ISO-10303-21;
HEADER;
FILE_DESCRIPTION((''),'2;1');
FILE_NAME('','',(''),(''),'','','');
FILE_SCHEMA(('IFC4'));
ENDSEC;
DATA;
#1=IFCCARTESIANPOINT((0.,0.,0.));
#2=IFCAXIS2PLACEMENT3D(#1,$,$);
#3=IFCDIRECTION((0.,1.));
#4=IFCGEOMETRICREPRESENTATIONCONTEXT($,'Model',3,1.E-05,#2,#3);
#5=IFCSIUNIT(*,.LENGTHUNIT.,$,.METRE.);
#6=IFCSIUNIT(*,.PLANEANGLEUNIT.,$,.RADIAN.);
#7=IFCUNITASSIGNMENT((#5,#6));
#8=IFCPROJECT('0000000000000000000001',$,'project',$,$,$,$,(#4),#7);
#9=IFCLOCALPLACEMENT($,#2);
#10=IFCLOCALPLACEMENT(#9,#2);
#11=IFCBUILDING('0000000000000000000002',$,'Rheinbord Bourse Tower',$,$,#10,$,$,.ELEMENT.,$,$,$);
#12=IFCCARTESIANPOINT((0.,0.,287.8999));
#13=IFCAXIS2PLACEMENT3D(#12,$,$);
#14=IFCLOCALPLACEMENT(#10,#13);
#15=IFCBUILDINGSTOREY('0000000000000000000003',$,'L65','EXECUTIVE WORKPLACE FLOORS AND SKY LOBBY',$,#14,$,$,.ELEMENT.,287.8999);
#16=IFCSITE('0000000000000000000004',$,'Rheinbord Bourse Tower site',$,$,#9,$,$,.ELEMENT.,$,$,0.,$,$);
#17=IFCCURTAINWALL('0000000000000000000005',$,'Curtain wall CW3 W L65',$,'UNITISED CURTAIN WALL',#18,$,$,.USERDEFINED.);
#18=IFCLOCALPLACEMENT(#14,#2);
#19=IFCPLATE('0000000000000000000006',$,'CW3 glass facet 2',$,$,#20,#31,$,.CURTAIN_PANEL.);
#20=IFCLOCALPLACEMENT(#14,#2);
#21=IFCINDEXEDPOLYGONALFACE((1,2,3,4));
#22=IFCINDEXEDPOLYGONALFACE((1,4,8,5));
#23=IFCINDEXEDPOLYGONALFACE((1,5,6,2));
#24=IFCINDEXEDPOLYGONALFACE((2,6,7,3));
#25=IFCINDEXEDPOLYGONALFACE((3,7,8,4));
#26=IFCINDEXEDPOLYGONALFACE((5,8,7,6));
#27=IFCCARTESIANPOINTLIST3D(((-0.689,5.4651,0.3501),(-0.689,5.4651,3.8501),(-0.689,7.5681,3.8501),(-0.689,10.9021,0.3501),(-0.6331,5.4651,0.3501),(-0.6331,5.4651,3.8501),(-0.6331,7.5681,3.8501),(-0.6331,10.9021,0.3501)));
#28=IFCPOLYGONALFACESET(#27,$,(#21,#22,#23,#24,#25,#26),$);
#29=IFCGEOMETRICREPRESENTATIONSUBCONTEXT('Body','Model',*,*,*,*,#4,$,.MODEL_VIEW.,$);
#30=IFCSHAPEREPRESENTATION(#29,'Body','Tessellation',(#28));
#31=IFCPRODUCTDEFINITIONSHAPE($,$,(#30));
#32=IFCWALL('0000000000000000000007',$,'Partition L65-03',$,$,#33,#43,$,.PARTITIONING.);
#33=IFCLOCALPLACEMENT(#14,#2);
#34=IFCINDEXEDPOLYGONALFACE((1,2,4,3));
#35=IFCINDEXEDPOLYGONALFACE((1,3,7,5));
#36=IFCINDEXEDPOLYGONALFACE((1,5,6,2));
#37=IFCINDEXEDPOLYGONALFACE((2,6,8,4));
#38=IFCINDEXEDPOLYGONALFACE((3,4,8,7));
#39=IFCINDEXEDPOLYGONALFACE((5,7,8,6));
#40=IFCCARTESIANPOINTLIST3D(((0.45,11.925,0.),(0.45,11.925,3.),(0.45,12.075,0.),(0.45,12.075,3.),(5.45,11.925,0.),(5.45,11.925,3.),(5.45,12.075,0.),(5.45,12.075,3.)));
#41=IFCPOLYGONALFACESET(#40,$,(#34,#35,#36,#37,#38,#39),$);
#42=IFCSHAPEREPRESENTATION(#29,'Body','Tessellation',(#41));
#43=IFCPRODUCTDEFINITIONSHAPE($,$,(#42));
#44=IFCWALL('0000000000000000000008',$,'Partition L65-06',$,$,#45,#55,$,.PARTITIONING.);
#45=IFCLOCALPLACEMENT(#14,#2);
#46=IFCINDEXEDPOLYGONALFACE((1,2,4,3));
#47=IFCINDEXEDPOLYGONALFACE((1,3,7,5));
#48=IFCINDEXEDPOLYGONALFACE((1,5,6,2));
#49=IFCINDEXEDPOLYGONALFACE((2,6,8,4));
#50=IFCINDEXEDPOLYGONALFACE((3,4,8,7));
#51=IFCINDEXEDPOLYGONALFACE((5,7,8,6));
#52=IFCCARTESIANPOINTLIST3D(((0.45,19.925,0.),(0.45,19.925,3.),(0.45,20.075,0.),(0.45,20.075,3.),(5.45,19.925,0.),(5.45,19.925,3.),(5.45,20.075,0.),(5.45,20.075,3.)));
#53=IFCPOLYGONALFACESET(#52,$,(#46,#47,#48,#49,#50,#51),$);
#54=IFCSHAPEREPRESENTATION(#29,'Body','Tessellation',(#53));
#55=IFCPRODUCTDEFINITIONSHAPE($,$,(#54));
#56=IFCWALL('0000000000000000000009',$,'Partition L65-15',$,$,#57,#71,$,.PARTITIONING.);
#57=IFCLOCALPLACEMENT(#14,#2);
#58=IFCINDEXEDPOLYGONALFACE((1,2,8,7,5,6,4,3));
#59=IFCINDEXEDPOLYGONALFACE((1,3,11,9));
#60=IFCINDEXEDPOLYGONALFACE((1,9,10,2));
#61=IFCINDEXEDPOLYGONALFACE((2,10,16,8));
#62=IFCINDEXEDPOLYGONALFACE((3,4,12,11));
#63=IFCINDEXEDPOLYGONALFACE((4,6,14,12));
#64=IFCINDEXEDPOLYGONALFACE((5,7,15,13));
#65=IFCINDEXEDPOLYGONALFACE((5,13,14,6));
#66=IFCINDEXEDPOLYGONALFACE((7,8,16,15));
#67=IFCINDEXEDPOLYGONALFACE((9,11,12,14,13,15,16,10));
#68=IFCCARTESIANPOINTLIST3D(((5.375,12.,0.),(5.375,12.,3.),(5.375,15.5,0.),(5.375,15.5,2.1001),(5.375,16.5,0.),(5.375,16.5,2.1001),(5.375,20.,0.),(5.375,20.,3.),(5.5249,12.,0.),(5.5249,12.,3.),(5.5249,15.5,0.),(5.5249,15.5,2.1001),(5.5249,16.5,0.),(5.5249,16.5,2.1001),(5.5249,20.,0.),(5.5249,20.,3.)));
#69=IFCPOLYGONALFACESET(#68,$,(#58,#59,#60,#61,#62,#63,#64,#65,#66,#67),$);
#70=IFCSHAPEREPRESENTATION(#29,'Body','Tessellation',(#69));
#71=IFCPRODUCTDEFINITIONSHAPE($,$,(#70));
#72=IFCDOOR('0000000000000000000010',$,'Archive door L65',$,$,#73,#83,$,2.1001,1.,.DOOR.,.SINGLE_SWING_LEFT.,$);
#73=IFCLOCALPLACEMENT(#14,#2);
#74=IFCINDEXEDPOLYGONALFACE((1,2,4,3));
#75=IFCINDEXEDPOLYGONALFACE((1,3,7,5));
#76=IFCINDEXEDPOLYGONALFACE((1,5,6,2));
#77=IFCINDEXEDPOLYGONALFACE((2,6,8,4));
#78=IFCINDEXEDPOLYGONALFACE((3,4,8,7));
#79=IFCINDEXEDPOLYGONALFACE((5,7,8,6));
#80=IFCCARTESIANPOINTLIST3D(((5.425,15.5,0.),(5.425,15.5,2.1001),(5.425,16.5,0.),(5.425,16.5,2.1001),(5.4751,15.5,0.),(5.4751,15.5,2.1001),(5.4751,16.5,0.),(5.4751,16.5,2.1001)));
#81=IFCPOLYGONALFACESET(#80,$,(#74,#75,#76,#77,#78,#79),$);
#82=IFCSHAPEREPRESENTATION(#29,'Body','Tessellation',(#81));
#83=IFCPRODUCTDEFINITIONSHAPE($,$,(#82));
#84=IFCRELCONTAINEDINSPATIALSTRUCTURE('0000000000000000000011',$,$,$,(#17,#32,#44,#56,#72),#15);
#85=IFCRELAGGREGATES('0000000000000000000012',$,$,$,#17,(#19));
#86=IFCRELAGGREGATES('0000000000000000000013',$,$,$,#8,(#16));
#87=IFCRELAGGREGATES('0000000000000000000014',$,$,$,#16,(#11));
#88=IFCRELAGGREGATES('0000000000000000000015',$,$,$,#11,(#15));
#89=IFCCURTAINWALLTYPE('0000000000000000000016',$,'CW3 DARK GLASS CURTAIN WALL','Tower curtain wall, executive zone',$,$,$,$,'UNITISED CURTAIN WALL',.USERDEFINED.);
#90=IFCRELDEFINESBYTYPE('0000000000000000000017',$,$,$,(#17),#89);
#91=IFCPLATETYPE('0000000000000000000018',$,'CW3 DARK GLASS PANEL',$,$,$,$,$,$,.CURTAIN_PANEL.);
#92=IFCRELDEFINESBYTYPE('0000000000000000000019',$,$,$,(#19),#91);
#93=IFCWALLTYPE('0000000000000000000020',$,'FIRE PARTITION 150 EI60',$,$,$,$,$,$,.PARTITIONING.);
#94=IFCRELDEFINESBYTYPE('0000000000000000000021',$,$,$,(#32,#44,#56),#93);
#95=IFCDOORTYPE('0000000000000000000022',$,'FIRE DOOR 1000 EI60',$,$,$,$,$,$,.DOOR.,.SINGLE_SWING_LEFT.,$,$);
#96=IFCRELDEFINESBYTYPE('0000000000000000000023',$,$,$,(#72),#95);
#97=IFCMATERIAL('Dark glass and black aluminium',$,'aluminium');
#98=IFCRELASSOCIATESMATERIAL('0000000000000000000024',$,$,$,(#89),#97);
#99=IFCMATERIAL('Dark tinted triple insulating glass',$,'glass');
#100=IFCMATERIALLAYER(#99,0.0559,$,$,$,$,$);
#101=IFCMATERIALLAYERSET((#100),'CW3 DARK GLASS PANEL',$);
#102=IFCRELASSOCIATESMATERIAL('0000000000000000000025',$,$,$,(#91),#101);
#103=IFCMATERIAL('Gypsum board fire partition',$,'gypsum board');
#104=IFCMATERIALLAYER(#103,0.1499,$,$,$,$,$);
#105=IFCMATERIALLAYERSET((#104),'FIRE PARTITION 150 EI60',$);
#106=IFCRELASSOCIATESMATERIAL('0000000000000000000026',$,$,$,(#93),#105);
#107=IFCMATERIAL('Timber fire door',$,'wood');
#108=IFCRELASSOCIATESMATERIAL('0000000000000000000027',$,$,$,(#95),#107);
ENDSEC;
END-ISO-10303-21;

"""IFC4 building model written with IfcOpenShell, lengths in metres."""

from ifc_helpers import new_model, si_unit, direction, frame, frame_2d, origin, place, context, subcontext, project, spatial, polyline, rectangle, outline, extrude, material, layer, layer_set, type_object, element, fill, aggregate, save


model = new_model("IFC4")

# Units and contexts
model_context = context("Model", 3, precision=1e-05, world=origin(), true_north=direction((0.0, 1.0)))
body_context = subcontext(model_context, "Body", "Model", "MODEL_VIEW")
ifc_project = project(units=[si_unit("LENGTHUNIT", "METRE"), si_unit("PLANEANGLEUNIT", "RADIAN")], contexts=[model_context])

# Site, building, storey
site_placement = place(None, origin())
site = spatial("IfcSite", under=ifc_project, at=site_placement, Name="Rheinbord Bourse Tower site", CompositionType="ELEMENT", RefElevation=0.0)
building_placement = place(site_placement, origin())
building = spatial("IfcBuilding", under=site, at=building_placement, Name="Rheinbord Bourse Tower", CompositionType="ELEMENT")
storey_placement = place(building_placement, frame((0.0, 0.0, 287.8999)))
storey = spatial("IfcBuildingStorey", under=building, at=storey_placement, Name="L65", Description="EXECUTIVE WORKPLACE FLOORS AND SKY LOBBY", CompositionType="ELEMENT", Elevation=287.8999)

# Curtain wall
ifc_material_1 = material(Name="Dark glass and black aluminium", Category="aluminium")
curtain_wall_type = type_object("IfcCurtainWallType", Name="CW3 DARK GLASS CURTAIN WALL", Description="Tower curtain wall, executive zone", ElementType="UNITISED CURTAIN WALL", PredefinedType="USERDEFINED", material=ifc_material_1)
curtain_wall_placement = place(storey_placement, origin())
curtain_wall = element("IfcCurtainWall", 1, at=curtain_wall_placement, inside=storey, type_object=curtain_wall_type, Name="Curtain wall CW3 W L65", ObjectType="UNITISED CURTAIN WALL", PredefinedType="USERDEFINED")

# Plate
ifc_material_2 = material(Name="Dark tinted triple insulating glass", Category="glass")
ifc_layer_1 = layer(ifc_material_2, 0.0559)
ifc_layer_set_1 = layer_set([ifc_layer_1], Name="CW3 DARK GLASS PANEL")
plate_type = type_object("IfcPlateType", Name="CW3 DARK GLASS PANEL", PredefinedType="CURTAIN_PANEL", material=ifc_layer_set_1)
plate_1_placement = place(storey_placement, frame((-0.689, 5.4651, 3.8501), z_axis=(1.0, 0.0, 0.0), x_axis=(0.0, 0.0, -1.0)))
plate_1 = element("IfcPlate", 2, at=plate_1_placement, type_object=plate_type, Name="CW3 glass facet 2", PredefinedType="CURTAIN_PANEL", context=body_context, shape_type="SweptSolid", body=[
    extrude(outline(polyline([(0.0, 0.0), (3.5, 0.0), (3.5, 5.437), (0.0, 2.103), (0.0, 0.0)])), origin(), (0.0, 0.0, 1.0), 0.0559),
])
aggregate(curtain_wall, [plate_1])

# Walls
ifc_material_3 = material(Name="Gypsum board fire partition", Category="gypsum board")
ifc_layer_2 = layer(ifc_material_3, 0.1499)
ifc_layer_set_2 = layer_set([ifc_layer_2], Name="FIRE PARTITION 150 EI60")
wall_type = type_object("IfcWallType", Name="FIRE PARTITION 150 EI60", PredefinedType="PARTITIONING", material=ifc_layer_set_2)
for number, where, z_axis, x_axis, name in (
    (3, (0.45, 12.0, 0.0), (0.0, 0.0, 1.0), (1.0, 0.0, 0.0), "Partition L65-03"),
    (4, (0.45, 20.0, 0.0), (0.0, 0.0, 1.0), (1.0, 0.0, 0.0), "Partition L65-06"),
):
    element("IfcWall", number, at=place(storey_placement, frame(where, z_axis=z_axis, x_axis=x_axis)), inside=storey, type_object=wall_type, Name=name, PredefinedType="PARTITIONING", context=body_context, shape_type="SweptSolid", body=[
        extrude(rectangle(XDim=5.0, YDim=0.1499, at=frame_2d((2.5, 0.0))), origin(), (0.0, 0.0, 1.0), 3.0),
    ])

# Wall, opening, door
wall_placement = place(storey_placement, frame((5.45, 12.0, 0.0), z_axis=(0.0, 0.0, 1.0), x_axis=(0.0, 1.0, 0.0)))
wall = element("IfcWall", 5, at=wall_placement, inside=storey, type_object=wall_type, Name="Partition L65-15", PredefinedType="PARTITIONING", context=body_context, shape_type="SweptSolid", body=[
    extrude(rectangle(XDim=8.0, YDim=0.1499, at=frame_2d((4.0, 0.0))), origin(), (0.0, 0.0, 1.0), 3.0),
])
opening_placement = place(wall_placement, frame((3.5, 0.0, 0.0)))
opening = element("IfcOpeningElement", 6, at=opening_placement, cuts=wall, PredefinedType="OPENING", context=body_context, shape_type="SweptSolid", body=[
    extrude(rectangle(XDim=1.0, YDim=2.1001, at=frame_2d((0.5, 1.05))), frame((0.0, 0.085, 0.0), z_axis=(0.0, -1.0, 0.0), x_axis=(1.0, 0.0, 0.0)), (0.0, 0.0, 1.0), 0.1699),
])
ifc_material_4 = material(Name="Timber fire door", Category="wood")
door_type = type_object("IfcDoorType", Name="FIRE DOOR 1000 EI60", OperationType="SINGLE_SWING_LEFT", PredefinedType="DOOR", material=ifc_material_4)
door_placement = place(opening_placement, origin())
door = element("IfcDoor", 7, at=door_placement, inside=storey, type_object=door_type, Name="Archive door L65", OperationType="SINGLE_SWING_LEFT", OverallHeight=2.1001, OverallWidth=1.0, PredefinedType="DOOR", context=body_context, shape_type="SweptSolid", body=[
    extrude(rectangle(XDim=1.0, YDim=2.1001, at=frame_2d((0.5, 1.05))), frame((0.0, 0.0249, 0.0), z_axis=(0.0, -1.0, 0.0), x_axis=(1.0, 0.0, 0.0)), (0.0, 0.0, 1.0), 0.05),
])
fill(opening, door)

save(model, "model.ifc")
